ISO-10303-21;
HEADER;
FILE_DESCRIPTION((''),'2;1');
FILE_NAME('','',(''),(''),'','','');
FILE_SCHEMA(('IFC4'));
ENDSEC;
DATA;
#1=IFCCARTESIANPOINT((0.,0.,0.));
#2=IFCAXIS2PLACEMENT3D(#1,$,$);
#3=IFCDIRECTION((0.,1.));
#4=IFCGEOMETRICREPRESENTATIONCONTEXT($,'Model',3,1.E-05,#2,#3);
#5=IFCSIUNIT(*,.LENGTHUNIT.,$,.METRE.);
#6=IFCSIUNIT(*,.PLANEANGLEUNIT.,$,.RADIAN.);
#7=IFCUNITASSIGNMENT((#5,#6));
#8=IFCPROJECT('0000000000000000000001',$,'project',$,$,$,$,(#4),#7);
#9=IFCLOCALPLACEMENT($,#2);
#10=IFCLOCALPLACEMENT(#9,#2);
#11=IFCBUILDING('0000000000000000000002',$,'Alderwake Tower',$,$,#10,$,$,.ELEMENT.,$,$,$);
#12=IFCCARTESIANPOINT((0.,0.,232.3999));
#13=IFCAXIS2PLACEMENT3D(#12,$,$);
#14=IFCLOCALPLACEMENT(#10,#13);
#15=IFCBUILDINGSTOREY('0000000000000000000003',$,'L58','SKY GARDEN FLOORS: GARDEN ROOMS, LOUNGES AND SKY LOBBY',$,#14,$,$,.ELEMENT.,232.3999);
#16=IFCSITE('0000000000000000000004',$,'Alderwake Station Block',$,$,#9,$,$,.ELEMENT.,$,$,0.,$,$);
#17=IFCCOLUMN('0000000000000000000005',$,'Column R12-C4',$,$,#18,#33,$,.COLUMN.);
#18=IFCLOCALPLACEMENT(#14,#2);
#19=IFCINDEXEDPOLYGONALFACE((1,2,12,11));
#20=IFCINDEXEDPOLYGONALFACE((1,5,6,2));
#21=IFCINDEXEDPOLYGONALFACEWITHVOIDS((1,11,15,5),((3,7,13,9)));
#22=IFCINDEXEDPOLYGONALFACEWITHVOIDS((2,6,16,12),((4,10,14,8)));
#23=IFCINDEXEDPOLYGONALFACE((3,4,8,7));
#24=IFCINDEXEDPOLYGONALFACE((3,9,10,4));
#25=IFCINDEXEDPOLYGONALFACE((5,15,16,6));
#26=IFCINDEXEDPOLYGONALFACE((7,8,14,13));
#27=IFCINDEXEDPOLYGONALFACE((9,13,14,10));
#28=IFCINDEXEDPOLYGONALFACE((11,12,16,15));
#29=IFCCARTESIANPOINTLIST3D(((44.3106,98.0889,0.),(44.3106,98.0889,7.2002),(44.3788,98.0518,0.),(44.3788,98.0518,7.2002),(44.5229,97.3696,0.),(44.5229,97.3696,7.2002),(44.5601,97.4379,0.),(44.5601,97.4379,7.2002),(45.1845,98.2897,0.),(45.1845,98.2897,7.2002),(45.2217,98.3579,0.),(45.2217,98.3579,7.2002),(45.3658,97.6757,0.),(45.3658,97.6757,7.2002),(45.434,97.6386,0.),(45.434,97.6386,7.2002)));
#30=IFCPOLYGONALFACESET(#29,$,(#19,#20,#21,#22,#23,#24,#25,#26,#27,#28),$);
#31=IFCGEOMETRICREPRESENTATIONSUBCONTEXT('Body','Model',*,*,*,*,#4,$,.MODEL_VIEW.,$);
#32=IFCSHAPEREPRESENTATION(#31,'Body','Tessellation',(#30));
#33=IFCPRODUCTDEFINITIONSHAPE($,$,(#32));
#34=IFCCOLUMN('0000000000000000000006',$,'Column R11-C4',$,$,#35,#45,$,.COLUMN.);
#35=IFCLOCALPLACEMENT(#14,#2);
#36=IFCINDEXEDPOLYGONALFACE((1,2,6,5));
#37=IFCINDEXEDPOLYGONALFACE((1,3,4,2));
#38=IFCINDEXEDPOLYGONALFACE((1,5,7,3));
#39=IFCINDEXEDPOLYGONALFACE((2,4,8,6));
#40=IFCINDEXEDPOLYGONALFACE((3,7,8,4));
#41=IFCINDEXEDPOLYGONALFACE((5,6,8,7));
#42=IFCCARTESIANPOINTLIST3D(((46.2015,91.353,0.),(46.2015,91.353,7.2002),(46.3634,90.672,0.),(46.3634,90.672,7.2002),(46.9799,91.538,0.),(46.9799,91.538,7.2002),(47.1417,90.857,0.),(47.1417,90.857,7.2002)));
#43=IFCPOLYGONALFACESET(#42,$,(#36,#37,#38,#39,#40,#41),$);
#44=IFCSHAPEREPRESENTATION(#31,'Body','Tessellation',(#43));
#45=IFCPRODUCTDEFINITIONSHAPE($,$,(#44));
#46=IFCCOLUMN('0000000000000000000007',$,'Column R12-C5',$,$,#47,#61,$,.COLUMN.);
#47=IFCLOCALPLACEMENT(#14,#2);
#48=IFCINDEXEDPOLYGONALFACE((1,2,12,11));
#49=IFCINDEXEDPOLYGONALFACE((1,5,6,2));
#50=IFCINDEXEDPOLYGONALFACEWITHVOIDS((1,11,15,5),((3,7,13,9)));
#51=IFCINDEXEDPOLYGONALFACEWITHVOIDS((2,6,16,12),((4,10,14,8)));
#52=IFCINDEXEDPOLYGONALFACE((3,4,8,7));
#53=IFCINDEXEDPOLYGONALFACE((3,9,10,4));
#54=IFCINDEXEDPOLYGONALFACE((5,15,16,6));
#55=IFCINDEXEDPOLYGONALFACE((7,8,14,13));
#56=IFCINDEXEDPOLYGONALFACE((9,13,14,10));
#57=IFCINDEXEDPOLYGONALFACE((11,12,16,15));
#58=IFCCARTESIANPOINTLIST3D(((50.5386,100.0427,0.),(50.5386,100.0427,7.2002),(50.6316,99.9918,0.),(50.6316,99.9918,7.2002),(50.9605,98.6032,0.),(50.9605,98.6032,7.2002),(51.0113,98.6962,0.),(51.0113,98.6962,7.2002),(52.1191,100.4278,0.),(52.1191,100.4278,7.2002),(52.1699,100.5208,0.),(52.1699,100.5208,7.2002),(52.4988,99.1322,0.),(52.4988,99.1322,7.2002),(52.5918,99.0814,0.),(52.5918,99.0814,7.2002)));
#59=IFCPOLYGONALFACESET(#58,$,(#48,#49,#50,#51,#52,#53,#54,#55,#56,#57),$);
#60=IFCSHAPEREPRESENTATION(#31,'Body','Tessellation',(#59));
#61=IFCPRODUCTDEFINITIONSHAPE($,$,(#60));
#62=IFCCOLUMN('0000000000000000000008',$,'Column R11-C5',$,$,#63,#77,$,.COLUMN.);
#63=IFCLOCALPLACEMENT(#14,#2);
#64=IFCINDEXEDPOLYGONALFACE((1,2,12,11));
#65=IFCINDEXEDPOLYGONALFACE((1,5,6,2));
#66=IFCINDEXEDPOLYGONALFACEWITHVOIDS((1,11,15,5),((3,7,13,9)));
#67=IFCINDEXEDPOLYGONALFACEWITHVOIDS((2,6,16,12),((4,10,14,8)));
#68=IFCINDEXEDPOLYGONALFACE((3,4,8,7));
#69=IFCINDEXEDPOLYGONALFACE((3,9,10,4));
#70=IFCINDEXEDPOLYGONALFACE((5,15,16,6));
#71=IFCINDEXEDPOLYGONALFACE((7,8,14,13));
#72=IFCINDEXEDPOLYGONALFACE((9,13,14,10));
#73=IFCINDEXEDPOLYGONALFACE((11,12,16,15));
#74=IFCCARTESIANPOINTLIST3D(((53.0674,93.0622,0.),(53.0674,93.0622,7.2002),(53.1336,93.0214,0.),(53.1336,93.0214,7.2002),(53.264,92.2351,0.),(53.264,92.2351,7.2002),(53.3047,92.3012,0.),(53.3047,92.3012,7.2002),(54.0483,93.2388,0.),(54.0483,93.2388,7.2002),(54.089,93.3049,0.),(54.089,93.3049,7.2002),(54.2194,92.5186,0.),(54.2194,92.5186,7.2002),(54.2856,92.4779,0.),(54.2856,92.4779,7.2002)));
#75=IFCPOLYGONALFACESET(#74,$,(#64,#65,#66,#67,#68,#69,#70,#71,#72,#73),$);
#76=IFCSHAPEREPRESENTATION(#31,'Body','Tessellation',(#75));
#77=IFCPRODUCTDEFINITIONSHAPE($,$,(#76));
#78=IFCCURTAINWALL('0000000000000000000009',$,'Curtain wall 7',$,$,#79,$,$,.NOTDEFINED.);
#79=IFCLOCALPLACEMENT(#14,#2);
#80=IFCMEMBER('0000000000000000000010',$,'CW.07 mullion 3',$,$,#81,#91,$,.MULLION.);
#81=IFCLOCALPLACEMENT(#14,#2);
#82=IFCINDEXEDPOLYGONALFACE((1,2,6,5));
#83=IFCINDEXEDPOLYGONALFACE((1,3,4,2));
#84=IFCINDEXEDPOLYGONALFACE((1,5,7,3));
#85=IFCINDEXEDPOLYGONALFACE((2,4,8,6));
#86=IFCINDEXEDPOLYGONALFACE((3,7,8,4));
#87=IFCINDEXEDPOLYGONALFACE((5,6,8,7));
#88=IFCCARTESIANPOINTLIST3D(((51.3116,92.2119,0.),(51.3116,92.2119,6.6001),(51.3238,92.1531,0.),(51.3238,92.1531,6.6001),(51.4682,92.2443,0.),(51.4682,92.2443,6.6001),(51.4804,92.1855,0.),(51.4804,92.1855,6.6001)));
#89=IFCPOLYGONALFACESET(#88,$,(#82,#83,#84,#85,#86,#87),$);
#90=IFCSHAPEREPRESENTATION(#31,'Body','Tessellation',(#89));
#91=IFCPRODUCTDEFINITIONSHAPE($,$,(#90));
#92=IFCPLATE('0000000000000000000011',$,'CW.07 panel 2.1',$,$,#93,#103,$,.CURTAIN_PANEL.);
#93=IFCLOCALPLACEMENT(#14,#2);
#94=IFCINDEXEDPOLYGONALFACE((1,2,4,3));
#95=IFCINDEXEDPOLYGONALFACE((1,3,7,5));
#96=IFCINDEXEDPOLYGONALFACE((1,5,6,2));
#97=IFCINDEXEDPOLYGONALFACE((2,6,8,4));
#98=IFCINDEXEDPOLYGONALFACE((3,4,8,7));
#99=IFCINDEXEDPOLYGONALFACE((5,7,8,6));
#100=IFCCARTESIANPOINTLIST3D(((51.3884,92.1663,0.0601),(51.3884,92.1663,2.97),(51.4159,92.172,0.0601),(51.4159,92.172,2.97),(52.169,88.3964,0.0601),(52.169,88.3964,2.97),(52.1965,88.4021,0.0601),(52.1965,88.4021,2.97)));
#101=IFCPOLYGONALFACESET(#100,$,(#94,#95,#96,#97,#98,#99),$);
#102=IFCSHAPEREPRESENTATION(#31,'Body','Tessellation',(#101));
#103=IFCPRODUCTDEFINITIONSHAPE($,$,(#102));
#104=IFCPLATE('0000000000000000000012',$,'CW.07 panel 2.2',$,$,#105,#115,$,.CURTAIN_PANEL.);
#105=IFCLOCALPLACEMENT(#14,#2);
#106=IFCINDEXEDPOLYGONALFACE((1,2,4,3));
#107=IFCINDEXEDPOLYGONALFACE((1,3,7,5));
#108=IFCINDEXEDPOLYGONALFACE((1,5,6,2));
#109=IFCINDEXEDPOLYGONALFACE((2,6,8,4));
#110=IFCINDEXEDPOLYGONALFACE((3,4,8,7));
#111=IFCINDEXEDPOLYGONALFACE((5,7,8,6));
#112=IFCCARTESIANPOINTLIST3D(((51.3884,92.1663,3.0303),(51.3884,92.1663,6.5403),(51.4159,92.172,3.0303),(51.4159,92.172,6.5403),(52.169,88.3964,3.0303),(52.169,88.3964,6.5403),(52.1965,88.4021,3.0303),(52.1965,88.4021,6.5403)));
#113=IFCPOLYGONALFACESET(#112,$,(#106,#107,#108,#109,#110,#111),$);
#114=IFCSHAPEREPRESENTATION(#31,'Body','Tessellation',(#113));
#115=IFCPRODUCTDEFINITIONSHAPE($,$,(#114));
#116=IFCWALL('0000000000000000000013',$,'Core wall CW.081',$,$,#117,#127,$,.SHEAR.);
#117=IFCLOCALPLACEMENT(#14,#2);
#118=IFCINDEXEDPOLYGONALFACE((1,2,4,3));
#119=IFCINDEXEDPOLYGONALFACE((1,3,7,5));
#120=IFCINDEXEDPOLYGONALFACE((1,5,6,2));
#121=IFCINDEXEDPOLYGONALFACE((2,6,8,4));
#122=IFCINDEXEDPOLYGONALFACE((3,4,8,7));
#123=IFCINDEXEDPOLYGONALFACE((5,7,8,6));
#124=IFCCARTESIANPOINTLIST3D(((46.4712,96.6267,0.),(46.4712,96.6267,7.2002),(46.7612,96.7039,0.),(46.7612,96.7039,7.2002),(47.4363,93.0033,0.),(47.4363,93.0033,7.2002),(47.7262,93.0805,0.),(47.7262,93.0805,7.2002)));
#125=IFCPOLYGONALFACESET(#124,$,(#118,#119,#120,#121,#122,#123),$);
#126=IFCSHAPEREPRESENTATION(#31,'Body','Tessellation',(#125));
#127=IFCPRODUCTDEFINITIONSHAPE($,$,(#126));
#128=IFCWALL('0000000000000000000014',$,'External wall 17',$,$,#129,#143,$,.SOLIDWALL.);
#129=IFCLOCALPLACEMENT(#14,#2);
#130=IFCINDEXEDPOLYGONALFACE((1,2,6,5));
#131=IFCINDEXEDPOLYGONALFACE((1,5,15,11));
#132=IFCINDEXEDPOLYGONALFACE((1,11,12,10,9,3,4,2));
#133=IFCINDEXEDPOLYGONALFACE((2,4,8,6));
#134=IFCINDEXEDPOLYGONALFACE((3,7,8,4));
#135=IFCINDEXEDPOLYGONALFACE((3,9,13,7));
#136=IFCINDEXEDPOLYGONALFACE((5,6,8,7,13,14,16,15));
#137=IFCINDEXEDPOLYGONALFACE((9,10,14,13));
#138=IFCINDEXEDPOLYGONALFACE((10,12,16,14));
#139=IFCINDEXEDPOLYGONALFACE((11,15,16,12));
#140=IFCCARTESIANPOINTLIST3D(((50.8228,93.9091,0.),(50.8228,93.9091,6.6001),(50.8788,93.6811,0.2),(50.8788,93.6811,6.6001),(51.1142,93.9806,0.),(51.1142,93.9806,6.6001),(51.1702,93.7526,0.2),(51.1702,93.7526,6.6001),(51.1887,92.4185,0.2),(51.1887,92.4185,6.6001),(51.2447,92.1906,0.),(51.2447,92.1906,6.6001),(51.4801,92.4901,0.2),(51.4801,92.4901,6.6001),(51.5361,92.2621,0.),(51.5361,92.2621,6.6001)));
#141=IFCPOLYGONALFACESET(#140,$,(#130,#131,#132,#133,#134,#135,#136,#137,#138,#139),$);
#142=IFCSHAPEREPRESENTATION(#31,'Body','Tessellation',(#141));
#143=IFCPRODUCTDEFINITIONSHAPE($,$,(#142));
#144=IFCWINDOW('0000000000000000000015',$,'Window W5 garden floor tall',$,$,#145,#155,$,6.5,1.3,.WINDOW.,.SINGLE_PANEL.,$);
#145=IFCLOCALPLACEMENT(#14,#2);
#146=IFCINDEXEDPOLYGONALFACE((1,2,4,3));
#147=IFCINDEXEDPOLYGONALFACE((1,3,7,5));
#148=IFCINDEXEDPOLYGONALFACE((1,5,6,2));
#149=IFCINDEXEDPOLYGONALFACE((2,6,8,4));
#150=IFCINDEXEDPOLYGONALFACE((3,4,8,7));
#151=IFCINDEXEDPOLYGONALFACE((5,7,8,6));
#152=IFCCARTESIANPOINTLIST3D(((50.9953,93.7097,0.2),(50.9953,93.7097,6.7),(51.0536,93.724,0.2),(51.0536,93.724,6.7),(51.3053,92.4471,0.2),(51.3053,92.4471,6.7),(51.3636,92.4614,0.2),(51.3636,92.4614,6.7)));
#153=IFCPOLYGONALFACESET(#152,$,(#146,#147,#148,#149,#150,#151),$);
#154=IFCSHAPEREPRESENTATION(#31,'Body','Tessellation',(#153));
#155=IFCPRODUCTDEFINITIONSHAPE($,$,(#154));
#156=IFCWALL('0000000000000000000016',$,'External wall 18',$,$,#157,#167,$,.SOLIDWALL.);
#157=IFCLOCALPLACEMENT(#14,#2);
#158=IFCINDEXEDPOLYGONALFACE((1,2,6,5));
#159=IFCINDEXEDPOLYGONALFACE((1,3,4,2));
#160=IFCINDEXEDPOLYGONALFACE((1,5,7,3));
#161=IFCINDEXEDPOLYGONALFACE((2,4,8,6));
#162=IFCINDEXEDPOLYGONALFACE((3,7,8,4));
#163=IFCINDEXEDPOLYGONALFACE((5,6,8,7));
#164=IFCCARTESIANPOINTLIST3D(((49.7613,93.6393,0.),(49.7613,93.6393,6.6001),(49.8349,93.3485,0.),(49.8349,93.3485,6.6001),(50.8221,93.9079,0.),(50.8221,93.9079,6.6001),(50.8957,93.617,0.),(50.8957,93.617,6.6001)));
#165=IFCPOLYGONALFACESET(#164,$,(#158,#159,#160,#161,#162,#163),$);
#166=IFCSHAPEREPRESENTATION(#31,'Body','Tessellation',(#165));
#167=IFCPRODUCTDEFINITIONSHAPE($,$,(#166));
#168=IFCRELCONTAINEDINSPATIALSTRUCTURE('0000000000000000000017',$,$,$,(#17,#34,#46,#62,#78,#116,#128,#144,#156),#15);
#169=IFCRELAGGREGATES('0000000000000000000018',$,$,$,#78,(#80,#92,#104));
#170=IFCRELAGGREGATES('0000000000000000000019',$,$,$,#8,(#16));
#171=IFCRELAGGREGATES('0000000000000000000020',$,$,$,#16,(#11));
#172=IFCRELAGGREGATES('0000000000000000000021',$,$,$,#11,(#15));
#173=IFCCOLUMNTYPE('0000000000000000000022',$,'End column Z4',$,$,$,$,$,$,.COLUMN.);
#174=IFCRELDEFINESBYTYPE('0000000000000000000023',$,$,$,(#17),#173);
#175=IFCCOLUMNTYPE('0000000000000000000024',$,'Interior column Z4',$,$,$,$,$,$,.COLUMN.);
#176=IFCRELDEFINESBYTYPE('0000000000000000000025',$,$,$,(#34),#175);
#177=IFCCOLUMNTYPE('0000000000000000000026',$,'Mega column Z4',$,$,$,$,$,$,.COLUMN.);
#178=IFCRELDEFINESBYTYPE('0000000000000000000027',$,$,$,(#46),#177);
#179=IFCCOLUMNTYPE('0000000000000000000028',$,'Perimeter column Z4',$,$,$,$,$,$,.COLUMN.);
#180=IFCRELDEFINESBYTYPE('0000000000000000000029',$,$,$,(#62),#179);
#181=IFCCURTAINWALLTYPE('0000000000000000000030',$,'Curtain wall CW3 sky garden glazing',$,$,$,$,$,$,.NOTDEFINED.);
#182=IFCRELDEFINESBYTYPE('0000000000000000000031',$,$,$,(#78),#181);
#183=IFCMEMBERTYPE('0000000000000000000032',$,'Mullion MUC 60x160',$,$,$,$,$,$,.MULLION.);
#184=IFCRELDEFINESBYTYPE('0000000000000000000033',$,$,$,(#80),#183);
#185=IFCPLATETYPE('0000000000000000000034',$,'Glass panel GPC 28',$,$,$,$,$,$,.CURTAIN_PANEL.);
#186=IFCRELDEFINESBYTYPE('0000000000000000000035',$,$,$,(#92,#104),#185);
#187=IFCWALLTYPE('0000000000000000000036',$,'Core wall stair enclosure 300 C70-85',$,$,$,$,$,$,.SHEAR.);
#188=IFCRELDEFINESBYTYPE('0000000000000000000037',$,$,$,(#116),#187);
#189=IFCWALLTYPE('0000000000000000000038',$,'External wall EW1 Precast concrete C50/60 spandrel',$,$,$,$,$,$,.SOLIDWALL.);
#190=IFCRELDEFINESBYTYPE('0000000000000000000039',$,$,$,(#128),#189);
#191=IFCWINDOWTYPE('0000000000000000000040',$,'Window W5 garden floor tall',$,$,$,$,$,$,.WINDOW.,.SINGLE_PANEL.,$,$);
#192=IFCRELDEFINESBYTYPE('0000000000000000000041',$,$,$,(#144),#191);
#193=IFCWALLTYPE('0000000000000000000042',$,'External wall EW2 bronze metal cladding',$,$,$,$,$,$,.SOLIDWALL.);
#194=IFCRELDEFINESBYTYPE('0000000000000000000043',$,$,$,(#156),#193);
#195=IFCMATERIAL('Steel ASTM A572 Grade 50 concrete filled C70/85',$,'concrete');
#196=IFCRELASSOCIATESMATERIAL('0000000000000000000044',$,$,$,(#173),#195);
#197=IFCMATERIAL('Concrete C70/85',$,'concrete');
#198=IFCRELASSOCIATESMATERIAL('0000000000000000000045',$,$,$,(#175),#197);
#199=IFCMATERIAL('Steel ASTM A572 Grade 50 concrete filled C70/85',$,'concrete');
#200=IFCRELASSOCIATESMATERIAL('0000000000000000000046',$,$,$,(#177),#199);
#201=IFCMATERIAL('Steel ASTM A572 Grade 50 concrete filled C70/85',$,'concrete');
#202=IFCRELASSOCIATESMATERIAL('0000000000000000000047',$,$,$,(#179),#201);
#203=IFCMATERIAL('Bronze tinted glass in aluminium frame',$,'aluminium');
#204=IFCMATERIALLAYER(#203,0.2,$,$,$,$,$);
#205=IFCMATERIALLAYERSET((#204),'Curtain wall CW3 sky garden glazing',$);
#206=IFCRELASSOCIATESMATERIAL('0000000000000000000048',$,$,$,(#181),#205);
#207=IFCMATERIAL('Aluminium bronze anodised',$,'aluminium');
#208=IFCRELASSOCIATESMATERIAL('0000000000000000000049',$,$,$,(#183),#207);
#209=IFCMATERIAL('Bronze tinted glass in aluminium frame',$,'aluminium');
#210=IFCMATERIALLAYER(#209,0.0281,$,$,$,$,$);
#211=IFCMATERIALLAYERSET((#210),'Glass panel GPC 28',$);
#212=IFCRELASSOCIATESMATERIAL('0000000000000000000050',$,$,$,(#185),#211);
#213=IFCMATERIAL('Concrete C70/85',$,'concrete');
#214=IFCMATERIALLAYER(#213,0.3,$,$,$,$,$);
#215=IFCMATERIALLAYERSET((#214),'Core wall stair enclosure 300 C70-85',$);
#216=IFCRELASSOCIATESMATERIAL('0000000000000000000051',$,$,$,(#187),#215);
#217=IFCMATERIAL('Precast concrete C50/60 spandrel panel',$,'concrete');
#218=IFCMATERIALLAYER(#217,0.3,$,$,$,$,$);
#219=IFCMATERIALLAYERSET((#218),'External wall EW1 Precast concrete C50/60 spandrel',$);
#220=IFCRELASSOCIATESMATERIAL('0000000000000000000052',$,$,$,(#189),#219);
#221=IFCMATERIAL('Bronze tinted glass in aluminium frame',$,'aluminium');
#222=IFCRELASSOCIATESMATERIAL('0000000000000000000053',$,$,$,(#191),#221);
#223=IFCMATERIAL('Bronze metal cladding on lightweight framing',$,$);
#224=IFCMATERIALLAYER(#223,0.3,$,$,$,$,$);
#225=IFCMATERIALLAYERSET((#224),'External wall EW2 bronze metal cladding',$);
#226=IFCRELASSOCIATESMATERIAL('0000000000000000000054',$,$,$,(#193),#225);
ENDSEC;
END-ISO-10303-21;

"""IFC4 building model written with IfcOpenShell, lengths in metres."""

from ifc_helpers import new_model, si_unit, direction, frame, frame_2d, origin, origin_2d, place, context, subcontext, project, spatial, rectangle, hollow_rectangle, extrude, material, layer, layer_set, material_profile, profile_set, type_object, element, fill, aggregate, save


model = new_model("IFC4")

# Units and contexts
model_context = context("Model", 3, precision=1e-05, world=origin(), true_north=direction((0.0, 1.0)))
body_context = subcontext(model_context, "Body", "Model", "MODEL_VIEW")
ifc_project = project(units=[si_unit("LENGTHUNIT", "METRE"), si_unit("PLANEANGLEUNIT", "RADIAN")], contexts=[model_context])

# Site, building, storey
site_placement = place(None, origin())
site = spatial("IfcSite", under=ifc_project, at=site_placement, Name="Alderwake Station Block", CompositionType="ELEMENT", RefElevation=0.0)
building_placement = place(site_placement, origin())
building = spatial("IfcBuilding", under=site, at=building_placement, Name="Alderwake Tower", CompositionType="ELEMENT")
storey_placement = place(building_placement, frame((0.0, 0.0, 232.3999)))
storey = spatial("IfcBuildingStorey", under=building, at=storey_placement, Name="L58", Description="SKY GARDEN FLOORS: GARDEN ROOMS, LOUNGES AND SKY LOBBY", CompositionType="ELEMENT", Elevation=232.3999)

# Columns
ifc_material_1 = material(Name="Steel ASTM A572 Grade 50 concrete filled C70/85", Category="concrete")
ifc_material_profile_1 = material_profile(ifc_material_1, hollow_rectangle(XDim=0.75, YDim=0.95, WallThickness=0.0549, at=origin_2d()), Name="BOX 950X750X55")
ifc_profile_set_1 = profile_set([ifc_material_profile_1], Name="Steel ASTM A572 Grade 50 concrete filled C70/85")
column_type_1 = type_object("IfcColumnType", Name="End column Z4", PredefinedType="COLUMN", material=ifc_profile_set_1)
column_1_placement = place(storey_placement, frame((44.8723, 97.8638, 0.0), z_axis=(0.0, 0.0, 1.0), x_axis=(-0.283132, 0.959081, 0.0)))
element("IfcColumn", 1, at=column_1_placement, inside=storey, type_object=column_type_1, Name="Column R12-C4", PredefinedType="COLUMN", context=body_context, shape_type="SweptSolid", body=[
    extrude(hollow_rectangle(XDim=0.75, YDim=0.95, WallThickness=0.0549, at=origin_2d()), origin(), (0.0, 0.0, 1.0), 7.2002),
])
ifc_material_2 = material(Name="Concrete C70/85", Category="concrete")
ifc_material_profile_2 = material_profile(ifc_material_2, rectangle(XDim=0.7, YDim=0.8, at=origin_2d()), Name="RC 800X700")
ifc_profile_set_2 = profile_set([ifc_material_profile_2], Name="Concrete C70/85")
column_type_2 = type_object("IfcColumnType", Name="Interior column Z4", PredefinedType="COLUMN", material=ifc_profile_set_2)
column_2_placement = place(storey_placement, frame((46.6716, 91.105, 0.0), z_axis=(0.0, 0.0, 1.0), x_axis=(-0.231222, 0.972901, 0.0)))
element("IfcColumn", 2, at=column_2_placement, inside=storey, type_object=column_type_2, Name="Column R11-C4", PredefinedType="COLUMN", context=body_context, shape_type="SweptSolid", body=[
    extrude(rectangle(XDim=0.7, YDim=0.8, at=origin_2d()), origin(), (0.0, 0.0, 1.0), 7.2002),
])
ifc_material_3 = material(Name="Steel ASTM A572 Grade 50 concrete filled C70/85", Category="concrete")
ifc_material_profile_3 = material_profile(ifc_material_3, hollow_rectangle(XDim=1.5, YDim=1.7, WallThickness=0.075, at=origin_2d()), Name="BOX 1700X1500X75")
ifc_profile_set_3 = profile_set([ifc_material_profile_3], Name="Steel ASTM A572 Grade 50 concrete filled C70/85")
column_type_3 = type_object("IfcColumnType", Name="Mega column Z4", PredefinedType="COLUMN", material=ifc_profile_set_3)
column_3_placement = place(storey_placement, frame((51.5652, 99.562, 0.0), z_axis=(0.0, 0.0, 1.0), x_axis=(-0.28127, 0.959629, 0.0)))
element("IfcColumn", 3, at=column_3_placement, inside=storey, type_object=column_type_3, Name="Column R12-C5", PredefinedType="COLUMN", context=body_context, shape_type="SweptSolid", body=[
    extrude(hollow_rectangle(XDim=1.5, YDim=1.7, WallThickness=0.075, at=origin_2d()), origin(), (0.0, 0.0, 1.0), 7.2002),
])
ifc_material_4 = material(Name="Steel ASTM A572 Grade 50 concrete filled C70/85", Category="concrete")
ifc_material_profile_4 = material_profile(ifc_material_4, hollow_rectangle(XDim=0.8501, YDim=1.05, WallThickness=0.0549, at=origin_2d()), Name="BOX 1050X850X55")
ifc_profile_set_4 = profile_set([ifc_material_profile_4], Name="Steel ASTM A572 Grade 50 concrete filled C70/85")
column_type_4 = type_object("IfcColumnType", Name="Perimeter column Z4", PredefinedType="COLUMN", material=ifc_profile_set_4)
column_4_placement = place(storey_placement, frame((53.6765, 92.77, 0.0), z_axis=(0.0, 0.0, 1.0), x_axis=(-0.231222, 0.972901, 0.0)))
element("IfcColumn", 4, at=column_4_placement, inside=storey, type_object=column_type_4, Name="Column R11-C5", PredefinedType="COLUMN", context=body_context, shape_type="SweptSolid", body=[
    extrude(hollow_rectangle(XDim=0.8501, YDim=1.05, WallThickness=0.0549, at=origin_2d()), origin(), (0.0, 0.0, 1.0), 7.2002),
])

# Curtain wall, member, plates
ifc_material_5 = material(Name="Bronze tinted glass in aluminium frame", Category="aluminium")
ifc_layer_1 = layer(ifc_material_5, 0.2)
ifc_layer_set_1 = layer_set([ifc_layer_1], Name="Curtain wall CW3 sky garden glazing")
curtain_wall_type = type_object("IfcCurtainWallType", Name="Curtain wall CW3 sky garden glazing", PredefinedType="NOTDEFINED", material=ifc_layer_set_1)
curtain_wall_placement = place(storey_placement, origin())
curtain_wall = element("IfcCurtainWall", 5, at=curtain_wall_placement, inside=storey, type_object=curtain_wall_type, Name="Curtain wall 7", PredefinedType="NOTDEFINED")
ifc_material_6 = material(Name="Aluminium bronze anodised", Category="aluminium")
ifc_material_profile_5 = material_profile(ifc_material_6, rectangle(XDim=0.1599, YDim=0.0601, at=origin_2d()), Name="Mullion MUC 60x160")
ifc_profile_set_5 = profile_set([ifc_material_profile_5], Name="Aluminium bronze anodised")
member_type = type_object("IfcMemberType", Name="Mullion MUC 60x160", PredefinedType="MULLION", material=ifc_profile_set_5)
member_placement = place(storey_placement, frame((51.396, 92.1987, 0.0), z_axis=(0.0, 0.0, 1.0), x_axis=(-0.979229, -0.20276, 0.0)))
member = element("IfcMember", 6, at=member_placement, type_object=member_type, Name="CW.07 mullion 3", PredefinedType="MULLION", context=body_context, shape_type="SweptSolid", body=[
    extrude(rectangle(XDim=0.1599, YDim=0.0601, at=origin_2d()), origin(), (0.0, 0.0, 1.0), 6.6001),
])
ifc_material_7 = material(Name="Bronze tinted glass in aluminium frame", Category="aluminium")
ifc_layer_2 = layer(ifc_material_7, 0.0281)
ifc_layer_set_2 = layer_set([ifc_layer_2], Name="Glass panel GPC 28")
plate_type = type_object("IfcPlateType", Name="Glass panel GPC 28", PredefinedType="CURTAIN_PANEL", material=ifc_layer_set_2)
plate_1_placement = place(storey_placement, frame((51.7925, 90.2842, 0.0601), z_axis=(0.0, 0.0, 1.0), x_axis=(-0.20276, 0.979229, 0.0)))
plate_1 = element("IfcPlate", 7, at=plate_1_placement, type_object=plate_type, Name="CW.07 panel 2.1", PredefinedType="CURTAIN_PANEL", context=body_context, shape_type="SweptSolid", body=[
    extrude(rectangle(XDim=3.8499, YDim=0.0281, at=origin_2d()), origin(), (0.0, 0.0, 1.0), 2.9099),
])
plate_2_placement = place(storey_placement, frame((51.7925, 90.2842, 3.0303), z_axis=(0.0, 0.0, 1.0), x_axis=(-0.20276, 0.979229, 0.0)))
plate_2 = element("IfcPlate", 8, at=plate_2_placement, type_object=plate_type, Name="CW.07 panel 2.2", PredefinedType="CURTAIN_PANEL", context=body_context, shape_type="SweptSolid", body=[
    extrude(rectangle(XDim=3.8499, YDim=0.0281, at=origin_2d()), origin(), (0.0, 0.0, 1.0), 3.51),
])
aggregate(curtain_wall, [member, plate_1, plate_2])

# Wall
ifc_material_8 = material(Name="Concrete C70/85", Category="concrete")
ifc_layer_3 = layer(ifc_material_8, 0.3)
ifc_layer_set_3 = layer_set([ifc_layer_3], Name="Core wall stair enclosure 300 C70-85")
wall_type_1 = type_object("IfcWallType", Name="Core wall stair enclosure 300 C70-85", PredefinedType="SHEAR", material=ifc_layer_set_3)
wall_1_placement = place(storey_placement, frame((47.5813, 93.0417, 0.0), z_axis=(0.0, 0.0, 1.0), x_axis=(-0.257367, 0.966314, 0.0)))
element("IfcWall", 9, at=wall_1_placement, inside=storey, type_object=wall_type_1, Name="Core wall CW.081", PredefinedType="SHEAR", context=body_context, shape_type="SweptSolid", body=[
    extrude(rectangle(XDim=3.7498, YDim=0.3, at=frame_2d((1.875, 0.0))), origin(), (0.0, 0.0, 1.0), 7.2002),
])

# Wall, opening, window
ifc_material_9 = material(Name="Precast concrete C50/60 spandrel panel", Category="concrete")
ifc_layer_4 = layer(ifc_material_9, 0.3)
ifc_layer_set_4 = layer_set([ifc_layer_4], Name="External wall EW1 Precast concrete C50/60 spandrel")
wall_type_2 = type_object("IfcWallType", Name="External wall EW1 Precast concrete C50/60 spandrel", PredefinedType="SOLIDWALL", material=ifc_layer_set_4)
wall_2_placement = place(storey_placement, frame((51.3904, 92.2263, 0.0), z_axis=(0.0, 0.0, 1.0), x_axis=(-0.238411, 0.971164, 0.0)))
wall_2 = element("IfcWall", 10, at=wall_2_placement, inside=storey, type_object=wall_type_2, Name="External wall 17", PredefinedType="SOLIDWALL", context=body_context, shape_type="SweptSolid", body=[
    extrude(rectangle(XDim=1.7695, YDim=0.3, at=frame_2d((0.8848, 0.0))), origin(), (0.0, 0.0, 1.0), 6.6001),
])
opening_1_placement = place(wall_2_placement, frame((0.2349, 0.0, 0.2)))
opening_1 = element("IfcOpeningElement", 11, at=opening_1_placement, cuts=wall_2, PredefinedType="OPENING", context=body_context, shape_type="SweptSolid", body=[
    extrude(rectangle(XDim=1.3, YDim=6.5, at=frame_2d((0.6499, 3.25))), frame((0.0, 0.1599, 0.0), z_axis=(0.0, -1.0, 0.0), x_axis=(1.0, 0.0, 0.0)), (0.0, 0.0, 1.0), 0.3201),
])
ifc_material_10 = material(Name="Bronze tinted glass in aluminium frame", Category="aluminium")
window_type = type_object("IfcWindowType", Name="Window W5 garden floor tall", PartitioningType="SINGLE_PANEL", PredefinedType="WINDOW", material=ifc_material_10)
window_1_placement = place(opening_1_placement, origin())
window_1 = element("IfcWindow", 12, at=window_1_placement, inside=storey, type_object=window_type, Name="Window W5 garden floor tall", OverallHeight=6.5, OverallWidth=1.3, PartitioningType="SINGLE_PANEL", PredefinedType="WINDOW", context=body_context, shape_type="SweptSolid", body=[
    extrude(rectangle(XDim=1.3, YDim=6.5, at=frame_2d((0.6499, 3.25))), frame((0.0, 0.03, 0.0), z_axis=(0.0, -1.0, 0.0), x_axis=(1.0, 0.0, 0.0)), (0.0, 0.0, 1.0), 0.0601),
])
fill(opening_1, window_1)

# Wall
ifc_material_11 = material(Name="Bronze metal cladding on lightweight framing")
ifc_layer_5 = layer(ifc_material_11, 0.3)
ifc_layer_set_5 = layer_set([ifc_layer_5], Name="External wall EW2 bronze metal cladding")
wall_type_3 = type_object("IfcWallType", Name="External wall EW2 bronze metal cladding", PredefinedType="SOLIDWALL", material=ifc_layer_set_5)
wall_3_placement = place(storey_placement, frame((50.8589, 93.7625, 0.0), z_axis=(0.0, 0.0, 1.0), x_axis=(-0.969416, -0.245422, 0.0)))
element("IfcWall", 13, at=wall_3_placement, inside=storey, type_object=wall_type_3, Name="External wall 18", PredefinedType="SOLIDWALL", context=body_context, shape_type="SweptSolid", body=[
    extrude(rectangle(XDim=1.0942, YDim=0.3, at=frame_2d((0.5471, 0.0))), origin(), (0.0, 0.0, 1.0), 6.6001),
])

save(model, "model.ifc")
